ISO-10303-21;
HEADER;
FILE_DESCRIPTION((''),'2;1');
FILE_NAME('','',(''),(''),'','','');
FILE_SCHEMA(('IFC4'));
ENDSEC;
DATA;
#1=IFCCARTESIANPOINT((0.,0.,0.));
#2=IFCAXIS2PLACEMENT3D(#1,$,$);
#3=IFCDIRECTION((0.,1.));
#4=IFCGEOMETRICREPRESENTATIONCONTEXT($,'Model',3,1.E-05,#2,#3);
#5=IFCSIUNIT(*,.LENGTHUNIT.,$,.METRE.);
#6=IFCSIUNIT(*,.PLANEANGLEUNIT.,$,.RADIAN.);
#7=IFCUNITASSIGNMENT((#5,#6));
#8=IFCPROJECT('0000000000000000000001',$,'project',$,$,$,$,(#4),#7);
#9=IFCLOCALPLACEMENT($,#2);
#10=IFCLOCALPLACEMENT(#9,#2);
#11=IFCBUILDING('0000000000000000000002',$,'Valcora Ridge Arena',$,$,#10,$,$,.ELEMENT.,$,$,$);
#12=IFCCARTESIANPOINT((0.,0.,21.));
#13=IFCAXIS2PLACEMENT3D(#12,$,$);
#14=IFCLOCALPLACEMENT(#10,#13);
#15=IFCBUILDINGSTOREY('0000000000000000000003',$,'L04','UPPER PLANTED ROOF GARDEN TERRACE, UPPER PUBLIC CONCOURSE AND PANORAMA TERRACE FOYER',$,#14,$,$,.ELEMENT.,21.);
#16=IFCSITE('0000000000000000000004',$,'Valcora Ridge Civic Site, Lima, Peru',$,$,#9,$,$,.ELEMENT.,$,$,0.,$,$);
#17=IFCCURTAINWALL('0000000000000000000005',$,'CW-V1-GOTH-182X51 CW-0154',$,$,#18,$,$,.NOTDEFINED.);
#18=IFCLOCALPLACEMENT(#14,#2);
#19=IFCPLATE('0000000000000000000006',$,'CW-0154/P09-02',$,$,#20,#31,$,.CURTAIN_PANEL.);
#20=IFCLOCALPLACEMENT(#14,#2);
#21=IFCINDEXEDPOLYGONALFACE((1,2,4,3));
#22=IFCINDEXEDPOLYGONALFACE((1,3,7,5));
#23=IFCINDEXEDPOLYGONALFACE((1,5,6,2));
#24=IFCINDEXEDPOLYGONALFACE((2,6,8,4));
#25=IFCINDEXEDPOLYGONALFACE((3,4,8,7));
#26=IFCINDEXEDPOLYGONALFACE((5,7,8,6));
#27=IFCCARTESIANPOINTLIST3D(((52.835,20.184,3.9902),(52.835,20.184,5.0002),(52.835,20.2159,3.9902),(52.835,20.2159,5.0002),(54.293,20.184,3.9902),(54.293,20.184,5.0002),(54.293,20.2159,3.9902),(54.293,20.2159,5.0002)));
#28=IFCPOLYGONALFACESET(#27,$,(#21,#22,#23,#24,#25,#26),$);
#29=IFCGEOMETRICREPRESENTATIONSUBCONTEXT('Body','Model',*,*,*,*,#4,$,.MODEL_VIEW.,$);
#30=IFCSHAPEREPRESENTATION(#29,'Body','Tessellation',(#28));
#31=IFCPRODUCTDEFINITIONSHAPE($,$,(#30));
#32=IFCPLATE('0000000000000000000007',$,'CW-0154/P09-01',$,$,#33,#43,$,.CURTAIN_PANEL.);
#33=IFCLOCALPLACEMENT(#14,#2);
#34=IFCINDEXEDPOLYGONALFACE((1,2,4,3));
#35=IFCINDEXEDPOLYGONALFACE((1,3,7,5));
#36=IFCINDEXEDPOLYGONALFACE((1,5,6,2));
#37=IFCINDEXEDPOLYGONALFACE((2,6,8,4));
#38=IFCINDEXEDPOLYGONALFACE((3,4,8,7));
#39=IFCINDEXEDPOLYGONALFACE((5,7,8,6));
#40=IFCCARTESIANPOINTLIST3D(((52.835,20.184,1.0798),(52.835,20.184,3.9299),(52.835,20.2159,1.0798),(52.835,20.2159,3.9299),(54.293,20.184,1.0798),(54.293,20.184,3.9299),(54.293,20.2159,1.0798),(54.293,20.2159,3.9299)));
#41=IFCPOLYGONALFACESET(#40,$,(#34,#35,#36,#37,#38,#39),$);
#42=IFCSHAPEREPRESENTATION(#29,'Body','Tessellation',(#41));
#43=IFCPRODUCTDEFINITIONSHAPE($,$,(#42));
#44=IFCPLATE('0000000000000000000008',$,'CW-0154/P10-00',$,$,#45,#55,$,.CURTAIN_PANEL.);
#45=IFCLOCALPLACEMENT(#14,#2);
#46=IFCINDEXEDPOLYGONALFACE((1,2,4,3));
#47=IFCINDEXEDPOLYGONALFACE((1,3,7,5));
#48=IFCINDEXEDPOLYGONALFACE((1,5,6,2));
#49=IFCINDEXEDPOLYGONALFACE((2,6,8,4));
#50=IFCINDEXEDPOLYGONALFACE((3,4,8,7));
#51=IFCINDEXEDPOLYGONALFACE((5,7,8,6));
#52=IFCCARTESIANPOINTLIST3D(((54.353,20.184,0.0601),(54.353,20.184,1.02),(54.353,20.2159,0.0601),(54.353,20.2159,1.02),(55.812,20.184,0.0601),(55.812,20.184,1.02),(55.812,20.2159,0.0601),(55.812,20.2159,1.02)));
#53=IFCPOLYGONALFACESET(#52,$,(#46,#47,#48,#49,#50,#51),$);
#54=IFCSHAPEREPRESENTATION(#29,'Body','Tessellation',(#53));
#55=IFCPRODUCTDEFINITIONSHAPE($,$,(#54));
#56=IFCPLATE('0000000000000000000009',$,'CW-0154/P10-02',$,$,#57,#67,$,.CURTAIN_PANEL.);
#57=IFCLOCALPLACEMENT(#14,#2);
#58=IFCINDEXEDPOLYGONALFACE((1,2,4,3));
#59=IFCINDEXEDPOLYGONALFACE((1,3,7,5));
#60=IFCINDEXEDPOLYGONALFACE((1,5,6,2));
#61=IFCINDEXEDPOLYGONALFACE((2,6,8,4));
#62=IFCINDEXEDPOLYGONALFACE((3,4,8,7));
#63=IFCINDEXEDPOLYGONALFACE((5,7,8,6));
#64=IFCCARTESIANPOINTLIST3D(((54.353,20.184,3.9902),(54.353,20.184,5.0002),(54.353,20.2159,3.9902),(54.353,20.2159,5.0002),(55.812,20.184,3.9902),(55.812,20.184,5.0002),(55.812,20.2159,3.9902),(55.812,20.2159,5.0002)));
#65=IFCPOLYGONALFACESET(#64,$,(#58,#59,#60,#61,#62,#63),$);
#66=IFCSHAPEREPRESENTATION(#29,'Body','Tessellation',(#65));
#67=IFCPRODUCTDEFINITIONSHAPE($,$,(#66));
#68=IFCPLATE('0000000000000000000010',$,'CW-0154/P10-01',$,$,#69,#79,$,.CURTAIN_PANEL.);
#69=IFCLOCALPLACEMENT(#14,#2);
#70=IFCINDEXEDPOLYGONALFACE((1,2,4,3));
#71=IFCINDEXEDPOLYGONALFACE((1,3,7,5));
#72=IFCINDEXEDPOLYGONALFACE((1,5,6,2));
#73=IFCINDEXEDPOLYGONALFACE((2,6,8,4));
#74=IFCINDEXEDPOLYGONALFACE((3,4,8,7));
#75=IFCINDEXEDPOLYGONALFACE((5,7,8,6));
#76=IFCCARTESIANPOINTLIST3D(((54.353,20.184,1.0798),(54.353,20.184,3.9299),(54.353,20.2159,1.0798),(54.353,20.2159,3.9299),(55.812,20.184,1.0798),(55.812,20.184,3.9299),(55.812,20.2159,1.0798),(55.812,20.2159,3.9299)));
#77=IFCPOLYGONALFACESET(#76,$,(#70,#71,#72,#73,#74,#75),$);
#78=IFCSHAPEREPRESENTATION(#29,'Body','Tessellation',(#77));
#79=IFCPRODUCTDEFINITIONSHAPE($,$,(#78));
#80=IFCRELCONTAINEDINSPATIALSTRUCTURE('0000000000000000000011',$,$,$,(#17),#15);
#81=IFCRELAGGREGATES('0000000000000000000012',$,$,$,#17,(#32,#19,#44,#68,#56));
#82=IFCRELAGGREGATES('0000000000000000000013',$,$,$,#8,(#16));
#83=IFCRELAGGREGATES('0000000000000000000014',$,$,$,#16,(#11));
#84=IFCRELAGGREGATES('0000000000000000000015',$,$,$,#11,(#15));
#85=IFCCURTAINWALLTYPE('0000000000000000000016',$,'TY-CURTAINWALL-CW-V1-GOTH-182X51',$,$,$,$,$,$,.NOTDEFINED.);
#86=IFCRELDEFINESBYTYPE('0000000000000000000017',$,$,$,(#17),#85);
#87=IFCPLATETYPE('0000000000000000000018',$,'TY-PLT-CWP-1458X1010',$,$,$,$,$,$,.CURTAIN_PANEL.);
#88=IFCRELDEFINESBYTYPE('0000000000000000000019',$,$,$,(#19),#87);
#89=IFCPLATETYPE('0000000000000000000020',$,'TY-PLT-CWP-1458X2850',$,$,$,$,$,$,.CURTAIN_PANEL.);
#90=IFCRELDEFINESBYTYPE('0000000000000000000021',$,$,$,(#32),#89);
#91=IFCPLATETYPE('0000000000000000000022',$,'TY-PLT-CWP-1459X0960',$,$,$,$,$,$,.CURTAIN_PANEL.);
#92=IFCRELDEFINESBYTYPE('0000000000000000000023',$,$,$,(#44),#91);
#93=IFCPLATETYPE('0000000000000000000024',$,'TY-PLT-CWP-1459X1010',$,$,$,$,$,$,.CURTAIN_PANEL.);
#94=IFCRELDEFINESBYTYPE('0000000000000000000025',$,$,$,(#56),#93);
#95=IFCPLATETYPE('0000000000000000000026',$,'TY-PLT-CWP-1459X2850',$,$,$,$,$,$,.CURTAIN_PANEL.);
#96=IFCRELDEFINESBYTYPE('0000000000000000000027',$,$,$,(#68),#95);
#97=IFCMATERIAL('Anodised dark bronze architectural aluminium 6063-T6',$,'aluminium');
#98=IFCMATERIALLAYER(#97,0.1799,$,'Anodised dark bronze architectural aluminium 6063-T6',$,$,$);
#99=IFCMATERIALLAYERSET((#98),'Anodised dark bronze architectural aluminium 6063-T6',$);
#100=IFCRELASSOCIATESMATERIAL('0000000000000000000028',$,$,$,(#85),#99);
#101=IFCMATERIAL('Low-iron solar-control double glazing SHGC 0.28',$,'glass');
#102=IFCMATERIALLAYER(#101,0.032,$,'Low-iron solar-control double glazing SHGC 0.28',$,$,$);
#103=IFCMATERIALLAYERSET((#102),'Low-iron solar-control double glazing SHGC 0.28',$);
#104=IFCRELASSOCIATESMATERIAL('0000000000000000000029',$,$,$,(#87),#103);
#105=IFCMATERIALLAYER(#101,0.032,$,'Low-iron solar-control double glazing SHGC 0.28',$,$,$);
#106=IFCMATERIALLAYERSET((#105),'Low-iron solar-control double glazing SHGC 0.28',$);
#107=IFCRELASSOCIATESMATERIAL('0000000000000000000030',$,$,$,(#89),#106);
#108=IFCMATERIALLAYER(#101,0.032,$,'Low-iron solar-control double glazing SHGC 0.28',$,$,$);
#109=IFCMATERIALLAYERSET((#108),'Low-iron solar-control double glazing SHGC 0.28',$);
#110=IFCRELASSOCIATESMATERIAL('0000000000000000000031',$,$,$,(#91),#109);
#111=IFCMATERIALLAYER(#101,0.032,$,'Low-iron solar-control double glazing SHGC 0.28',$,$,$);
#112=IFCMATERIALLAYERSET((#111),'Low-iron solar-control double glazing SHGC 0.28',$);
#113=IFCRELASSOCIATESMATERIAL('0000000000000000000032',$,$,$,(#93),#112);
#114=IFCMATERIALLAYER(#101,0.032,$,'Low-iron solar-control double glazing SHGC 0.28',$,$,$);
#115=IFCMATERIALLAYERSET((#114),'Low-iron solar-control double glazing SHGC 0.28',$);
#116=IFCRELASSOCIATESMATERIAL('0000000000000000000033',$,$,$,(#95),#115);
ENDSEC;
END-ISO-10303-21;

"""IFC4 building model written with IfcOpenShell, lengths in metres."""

from ifc_helpers import new_model, si_unit, direction, frame, origin, origin_2d, place, context, subcontext, project, spatial, rectangle, extrude, material, layer, layer_set, type_object, element, aggregate, save


model = new_model("IFC4")

# Units and contexts
model_context = context("Model", 3, precision=1e-05, world=origin(), true_north=direction((0.0, 1.0)))
body_context = subcontext(model_context, "Body", "Model", "MODEL_VIEW")
ifc_project = project(units=[si_unit("LENGTHUNIT", "METRE"), si_unit("PLANEANGLEUNIT", "RADIAN")], contexts=[model_context])

# Site, building, storey
site_placement = place(None, origin())
site = spatial("IfcSite", under=ifc_project, at=site_placement, Name="Valcora Ridge Civic Site, Lima, Peru", CompositionType="ELEMENT", RefElevation=0.0)
building_placement = place(site_placement, origin())
building = spatial("IfcBuilding", under=site, at=building_placement, Name="Valcora Ridge Arena", CompositionType="ELEMENT")
storey_placement = place(building_placement, frame((0.0, 0.0, 21.0)))
storey = spatial("IfcBuildingStorey", under=building, at=storey_placement, Name="L04", Description="UPPER PLANTED ROOF GARDEN TERRACE, UPPER PUBLIC CONCOURSE AND PANORAMA TERRACE FOYER", CompositionType="ELEMENT", Elevation=21.0)

# Curtain wall
ifc_material_1 = material(Name="Anodised dark bronze architectural aluminium 6063-T6", Category="aluminium")
ifc_layer_1 = layer(ifc_material_1, 0.1799, Name="Anodised dark bronze architectural aluminium 6063-T6")
ifc_layer_set_1 = layer_set([ifc_layer_1], Name="Anodised dark bronze architectural aluminium 6063-T6")
curtain_wall_type_1 = type_object("IfcCurtainWallType", Name="TY-CURTAINWALL-CW-V1-GOTH-182X51", PredefinedType="NOTDEFINED", material=ifc_layer_set_1)
curtain_wall_1_placement = place(storey_placement, origin())
curtain_wall_1 = element("IfcCurtainWall", 1, at=curtain_wall_1_placement, inside=storey, type_object=curtain_wall_type_1, Name="CW-V1-GOTH-182X51 CW-0154", PredefinedType="NOTDEFINED")

# Plates
ifc_material_2 = material(Name="Low-iron solar-control double glazing SHGC 0.28", Category="glass")
ifc_layer_2 = layer(ifc_material_2, 0.032, Name="Low-iron solar-control double glazing SHGC 0.28")
ifc_layer_set_2 = layer_set([ifc_layer_2], Name="Low-iron solar-control double glazing SHGC 0.28")
plate_type_1 = type_object("IfcPlateType", Name="TY-PLT-CWP-1458X1010", PredefinedType="CURTAIN_PANEL", material=ifc_layer_set_2)
plate_1_placement = place(storey_placement, frame((53.564, 20.2, 3.9902), z_axis=(0.0, 0.0, 1.0), x_axis=(1.0, 0.0, 0.0)))
plate_1 = element("IfcPlate", 2, at=plate_1_placement, type_object=plate_type_1, Name="CW-0154/P09-02", PredefinedType="CURTAIN_PANEL", context=body_context, shape_type="SweptSolid", body=[
    extrude(rectangle(XDim=1.458, YDim=0.032, at=origin_2d()), origin(), (0.0, 0.0, 1.0), 1.01),
])
ifc_layer_3 = layer(ifc_material_2, 0.032, Name="Low-iron solar-control double glazing SHGC 0.28")
ifc_layer_set_3 = layer_set([ifc_layer_3], Name="Low-iron solar-control double glazing SHGC 0.28")
plate_type_2 = type_object("IfcPlateType", Name="TY-PLT-CWP-1458X2850", PredefinedType="CURTAIN_PANEL", material=ifc_layer_set_3)
plate_2_placement = place(storey_placement, frame((53.564, 20.2, 1.0798), z_axis=(0.0, 0.0, 1.0), x_axis=(1.0, 0.0, 0.0)))
plate_2 = element("IfcPlate", 3, at=plate_2_placement, type_object=plate_type_2, Name="CW-0154/P09-01", PredefinedType="CURTAIN_PANEL", context=body_context, shape_type="SweptSolid", body=[
    extrude(rectangle(XDim=1.458, YDim=0.032, at=origin_2d()), origin(), (0.0, 0.0, 1.0), 2.8501),
])
ifc_layer_4 = layer(ifc_material_2, 0.032, Name="Low-iron solar-control double glazing SHGC 0.28")
ifc_layer_set_4 = layer_set([ifc_layer_4], Name="Low-iron solar-control double glazing SHGC 0.28")
plate_type_3 = type_object("IfcPlateType", Name="TY-PLT-CWP-1459X0960", PredefinedType="CURTAIN_PANEL", material=ifc_layer_set_4)
plate_3_placement = place(storey_placement, frame((55.0825, 20.2, 0.0601), z_axis=(0.0, 0.0, 1.0), x_axis=(1.0, 0.0, 0.0)))
plate_3 = element("IfcPlate", 4, at=plate_3_placement, type_object=plate_type_3, Name="CW-0154/P10-00", PredefinedType="CURTAIN_PANEL", context=body_context, shape_type="SweptSolid", body=[
    extrude(rectangle(XDim=1.459, YDim=0.032, at=origin_2d()), origin(), (0.0, 0.0, 1.0), 0.96),
])
ifc_layer_5 = layer(ifc_material_2, 0.032, Name="Low-iron solar-control double glazing SHGC 0.28")
ifc_layer_set_5 = layer_set([ifc_layer_5], Name="Low-iron solar-control double glazing SHGC 0.28")
plate_type_4 = type_object("IfcPlateType", Name="TY-PLT-CWP-1459X1010", PredefinedType="CURTAIN_PANEL", material=ifc_layer_set_5)
plate_4_placement = place(storey_placement, frame((55.0825, 20.2, 3.9902), z_axis=(0.0, 0.0, 1.0), x_axis=(1.0, 0.0, 0.0)))
plate_4 = element("IfcPlate", 5, at=plate_4_placement, type_object=plate_type_4, Name="CW-0154/P10-02", PredefinedType="CURTAIN_PANEL", context=body_context, shape_type="SweptSolid", body=[
    extrude(rectangle(XDim=1.459, YDim=0.032, at=origin_2d()), origin(), (0.0, 0.0, 1.0), 1.01),
])
ifc_layer_6 = layer(ifc_material_2, 0.032, Name="Low-iron solar-control double glazing SHGC 0.28")
ifc_layer_set_6 = layer_set([ifc_layer_6], Name="Low-iron solar-control double glazing SHGC 0.28")
plate_type_5 = type_object("IfcPlateType", Name="TY-PLT-CWP-1459X2850", PredefinedType="CURTAIN_PANEL", material=ifc_layer_set_6)
plate_5_placement = place(storey_placement, frame((55.0825, 20.2, 1.0798), z_axis=(0.0, 0.0, 1.0), x_axis=(1.0, 0.0, 0.0)))
plate_5 = element("IfcPlate", 6, at=plate_5_placement, type_object=plate_type_5, Name="CW-0154/P10-01", PredefinedType="CURTAIN_PANEL", context=body_context, shape_type="SweptSolid", body=[
    extrude(rectangle(XDim=1.459, YDim=0.032, at=origin_2d()), origin(), (0.0, 0.0, 1.0), 2.8501),
])
aggregate(curtain_wall_1, [plate_2, plate_1, plate_3, plate_5, plate_4])

save(model, "model.ifc")
